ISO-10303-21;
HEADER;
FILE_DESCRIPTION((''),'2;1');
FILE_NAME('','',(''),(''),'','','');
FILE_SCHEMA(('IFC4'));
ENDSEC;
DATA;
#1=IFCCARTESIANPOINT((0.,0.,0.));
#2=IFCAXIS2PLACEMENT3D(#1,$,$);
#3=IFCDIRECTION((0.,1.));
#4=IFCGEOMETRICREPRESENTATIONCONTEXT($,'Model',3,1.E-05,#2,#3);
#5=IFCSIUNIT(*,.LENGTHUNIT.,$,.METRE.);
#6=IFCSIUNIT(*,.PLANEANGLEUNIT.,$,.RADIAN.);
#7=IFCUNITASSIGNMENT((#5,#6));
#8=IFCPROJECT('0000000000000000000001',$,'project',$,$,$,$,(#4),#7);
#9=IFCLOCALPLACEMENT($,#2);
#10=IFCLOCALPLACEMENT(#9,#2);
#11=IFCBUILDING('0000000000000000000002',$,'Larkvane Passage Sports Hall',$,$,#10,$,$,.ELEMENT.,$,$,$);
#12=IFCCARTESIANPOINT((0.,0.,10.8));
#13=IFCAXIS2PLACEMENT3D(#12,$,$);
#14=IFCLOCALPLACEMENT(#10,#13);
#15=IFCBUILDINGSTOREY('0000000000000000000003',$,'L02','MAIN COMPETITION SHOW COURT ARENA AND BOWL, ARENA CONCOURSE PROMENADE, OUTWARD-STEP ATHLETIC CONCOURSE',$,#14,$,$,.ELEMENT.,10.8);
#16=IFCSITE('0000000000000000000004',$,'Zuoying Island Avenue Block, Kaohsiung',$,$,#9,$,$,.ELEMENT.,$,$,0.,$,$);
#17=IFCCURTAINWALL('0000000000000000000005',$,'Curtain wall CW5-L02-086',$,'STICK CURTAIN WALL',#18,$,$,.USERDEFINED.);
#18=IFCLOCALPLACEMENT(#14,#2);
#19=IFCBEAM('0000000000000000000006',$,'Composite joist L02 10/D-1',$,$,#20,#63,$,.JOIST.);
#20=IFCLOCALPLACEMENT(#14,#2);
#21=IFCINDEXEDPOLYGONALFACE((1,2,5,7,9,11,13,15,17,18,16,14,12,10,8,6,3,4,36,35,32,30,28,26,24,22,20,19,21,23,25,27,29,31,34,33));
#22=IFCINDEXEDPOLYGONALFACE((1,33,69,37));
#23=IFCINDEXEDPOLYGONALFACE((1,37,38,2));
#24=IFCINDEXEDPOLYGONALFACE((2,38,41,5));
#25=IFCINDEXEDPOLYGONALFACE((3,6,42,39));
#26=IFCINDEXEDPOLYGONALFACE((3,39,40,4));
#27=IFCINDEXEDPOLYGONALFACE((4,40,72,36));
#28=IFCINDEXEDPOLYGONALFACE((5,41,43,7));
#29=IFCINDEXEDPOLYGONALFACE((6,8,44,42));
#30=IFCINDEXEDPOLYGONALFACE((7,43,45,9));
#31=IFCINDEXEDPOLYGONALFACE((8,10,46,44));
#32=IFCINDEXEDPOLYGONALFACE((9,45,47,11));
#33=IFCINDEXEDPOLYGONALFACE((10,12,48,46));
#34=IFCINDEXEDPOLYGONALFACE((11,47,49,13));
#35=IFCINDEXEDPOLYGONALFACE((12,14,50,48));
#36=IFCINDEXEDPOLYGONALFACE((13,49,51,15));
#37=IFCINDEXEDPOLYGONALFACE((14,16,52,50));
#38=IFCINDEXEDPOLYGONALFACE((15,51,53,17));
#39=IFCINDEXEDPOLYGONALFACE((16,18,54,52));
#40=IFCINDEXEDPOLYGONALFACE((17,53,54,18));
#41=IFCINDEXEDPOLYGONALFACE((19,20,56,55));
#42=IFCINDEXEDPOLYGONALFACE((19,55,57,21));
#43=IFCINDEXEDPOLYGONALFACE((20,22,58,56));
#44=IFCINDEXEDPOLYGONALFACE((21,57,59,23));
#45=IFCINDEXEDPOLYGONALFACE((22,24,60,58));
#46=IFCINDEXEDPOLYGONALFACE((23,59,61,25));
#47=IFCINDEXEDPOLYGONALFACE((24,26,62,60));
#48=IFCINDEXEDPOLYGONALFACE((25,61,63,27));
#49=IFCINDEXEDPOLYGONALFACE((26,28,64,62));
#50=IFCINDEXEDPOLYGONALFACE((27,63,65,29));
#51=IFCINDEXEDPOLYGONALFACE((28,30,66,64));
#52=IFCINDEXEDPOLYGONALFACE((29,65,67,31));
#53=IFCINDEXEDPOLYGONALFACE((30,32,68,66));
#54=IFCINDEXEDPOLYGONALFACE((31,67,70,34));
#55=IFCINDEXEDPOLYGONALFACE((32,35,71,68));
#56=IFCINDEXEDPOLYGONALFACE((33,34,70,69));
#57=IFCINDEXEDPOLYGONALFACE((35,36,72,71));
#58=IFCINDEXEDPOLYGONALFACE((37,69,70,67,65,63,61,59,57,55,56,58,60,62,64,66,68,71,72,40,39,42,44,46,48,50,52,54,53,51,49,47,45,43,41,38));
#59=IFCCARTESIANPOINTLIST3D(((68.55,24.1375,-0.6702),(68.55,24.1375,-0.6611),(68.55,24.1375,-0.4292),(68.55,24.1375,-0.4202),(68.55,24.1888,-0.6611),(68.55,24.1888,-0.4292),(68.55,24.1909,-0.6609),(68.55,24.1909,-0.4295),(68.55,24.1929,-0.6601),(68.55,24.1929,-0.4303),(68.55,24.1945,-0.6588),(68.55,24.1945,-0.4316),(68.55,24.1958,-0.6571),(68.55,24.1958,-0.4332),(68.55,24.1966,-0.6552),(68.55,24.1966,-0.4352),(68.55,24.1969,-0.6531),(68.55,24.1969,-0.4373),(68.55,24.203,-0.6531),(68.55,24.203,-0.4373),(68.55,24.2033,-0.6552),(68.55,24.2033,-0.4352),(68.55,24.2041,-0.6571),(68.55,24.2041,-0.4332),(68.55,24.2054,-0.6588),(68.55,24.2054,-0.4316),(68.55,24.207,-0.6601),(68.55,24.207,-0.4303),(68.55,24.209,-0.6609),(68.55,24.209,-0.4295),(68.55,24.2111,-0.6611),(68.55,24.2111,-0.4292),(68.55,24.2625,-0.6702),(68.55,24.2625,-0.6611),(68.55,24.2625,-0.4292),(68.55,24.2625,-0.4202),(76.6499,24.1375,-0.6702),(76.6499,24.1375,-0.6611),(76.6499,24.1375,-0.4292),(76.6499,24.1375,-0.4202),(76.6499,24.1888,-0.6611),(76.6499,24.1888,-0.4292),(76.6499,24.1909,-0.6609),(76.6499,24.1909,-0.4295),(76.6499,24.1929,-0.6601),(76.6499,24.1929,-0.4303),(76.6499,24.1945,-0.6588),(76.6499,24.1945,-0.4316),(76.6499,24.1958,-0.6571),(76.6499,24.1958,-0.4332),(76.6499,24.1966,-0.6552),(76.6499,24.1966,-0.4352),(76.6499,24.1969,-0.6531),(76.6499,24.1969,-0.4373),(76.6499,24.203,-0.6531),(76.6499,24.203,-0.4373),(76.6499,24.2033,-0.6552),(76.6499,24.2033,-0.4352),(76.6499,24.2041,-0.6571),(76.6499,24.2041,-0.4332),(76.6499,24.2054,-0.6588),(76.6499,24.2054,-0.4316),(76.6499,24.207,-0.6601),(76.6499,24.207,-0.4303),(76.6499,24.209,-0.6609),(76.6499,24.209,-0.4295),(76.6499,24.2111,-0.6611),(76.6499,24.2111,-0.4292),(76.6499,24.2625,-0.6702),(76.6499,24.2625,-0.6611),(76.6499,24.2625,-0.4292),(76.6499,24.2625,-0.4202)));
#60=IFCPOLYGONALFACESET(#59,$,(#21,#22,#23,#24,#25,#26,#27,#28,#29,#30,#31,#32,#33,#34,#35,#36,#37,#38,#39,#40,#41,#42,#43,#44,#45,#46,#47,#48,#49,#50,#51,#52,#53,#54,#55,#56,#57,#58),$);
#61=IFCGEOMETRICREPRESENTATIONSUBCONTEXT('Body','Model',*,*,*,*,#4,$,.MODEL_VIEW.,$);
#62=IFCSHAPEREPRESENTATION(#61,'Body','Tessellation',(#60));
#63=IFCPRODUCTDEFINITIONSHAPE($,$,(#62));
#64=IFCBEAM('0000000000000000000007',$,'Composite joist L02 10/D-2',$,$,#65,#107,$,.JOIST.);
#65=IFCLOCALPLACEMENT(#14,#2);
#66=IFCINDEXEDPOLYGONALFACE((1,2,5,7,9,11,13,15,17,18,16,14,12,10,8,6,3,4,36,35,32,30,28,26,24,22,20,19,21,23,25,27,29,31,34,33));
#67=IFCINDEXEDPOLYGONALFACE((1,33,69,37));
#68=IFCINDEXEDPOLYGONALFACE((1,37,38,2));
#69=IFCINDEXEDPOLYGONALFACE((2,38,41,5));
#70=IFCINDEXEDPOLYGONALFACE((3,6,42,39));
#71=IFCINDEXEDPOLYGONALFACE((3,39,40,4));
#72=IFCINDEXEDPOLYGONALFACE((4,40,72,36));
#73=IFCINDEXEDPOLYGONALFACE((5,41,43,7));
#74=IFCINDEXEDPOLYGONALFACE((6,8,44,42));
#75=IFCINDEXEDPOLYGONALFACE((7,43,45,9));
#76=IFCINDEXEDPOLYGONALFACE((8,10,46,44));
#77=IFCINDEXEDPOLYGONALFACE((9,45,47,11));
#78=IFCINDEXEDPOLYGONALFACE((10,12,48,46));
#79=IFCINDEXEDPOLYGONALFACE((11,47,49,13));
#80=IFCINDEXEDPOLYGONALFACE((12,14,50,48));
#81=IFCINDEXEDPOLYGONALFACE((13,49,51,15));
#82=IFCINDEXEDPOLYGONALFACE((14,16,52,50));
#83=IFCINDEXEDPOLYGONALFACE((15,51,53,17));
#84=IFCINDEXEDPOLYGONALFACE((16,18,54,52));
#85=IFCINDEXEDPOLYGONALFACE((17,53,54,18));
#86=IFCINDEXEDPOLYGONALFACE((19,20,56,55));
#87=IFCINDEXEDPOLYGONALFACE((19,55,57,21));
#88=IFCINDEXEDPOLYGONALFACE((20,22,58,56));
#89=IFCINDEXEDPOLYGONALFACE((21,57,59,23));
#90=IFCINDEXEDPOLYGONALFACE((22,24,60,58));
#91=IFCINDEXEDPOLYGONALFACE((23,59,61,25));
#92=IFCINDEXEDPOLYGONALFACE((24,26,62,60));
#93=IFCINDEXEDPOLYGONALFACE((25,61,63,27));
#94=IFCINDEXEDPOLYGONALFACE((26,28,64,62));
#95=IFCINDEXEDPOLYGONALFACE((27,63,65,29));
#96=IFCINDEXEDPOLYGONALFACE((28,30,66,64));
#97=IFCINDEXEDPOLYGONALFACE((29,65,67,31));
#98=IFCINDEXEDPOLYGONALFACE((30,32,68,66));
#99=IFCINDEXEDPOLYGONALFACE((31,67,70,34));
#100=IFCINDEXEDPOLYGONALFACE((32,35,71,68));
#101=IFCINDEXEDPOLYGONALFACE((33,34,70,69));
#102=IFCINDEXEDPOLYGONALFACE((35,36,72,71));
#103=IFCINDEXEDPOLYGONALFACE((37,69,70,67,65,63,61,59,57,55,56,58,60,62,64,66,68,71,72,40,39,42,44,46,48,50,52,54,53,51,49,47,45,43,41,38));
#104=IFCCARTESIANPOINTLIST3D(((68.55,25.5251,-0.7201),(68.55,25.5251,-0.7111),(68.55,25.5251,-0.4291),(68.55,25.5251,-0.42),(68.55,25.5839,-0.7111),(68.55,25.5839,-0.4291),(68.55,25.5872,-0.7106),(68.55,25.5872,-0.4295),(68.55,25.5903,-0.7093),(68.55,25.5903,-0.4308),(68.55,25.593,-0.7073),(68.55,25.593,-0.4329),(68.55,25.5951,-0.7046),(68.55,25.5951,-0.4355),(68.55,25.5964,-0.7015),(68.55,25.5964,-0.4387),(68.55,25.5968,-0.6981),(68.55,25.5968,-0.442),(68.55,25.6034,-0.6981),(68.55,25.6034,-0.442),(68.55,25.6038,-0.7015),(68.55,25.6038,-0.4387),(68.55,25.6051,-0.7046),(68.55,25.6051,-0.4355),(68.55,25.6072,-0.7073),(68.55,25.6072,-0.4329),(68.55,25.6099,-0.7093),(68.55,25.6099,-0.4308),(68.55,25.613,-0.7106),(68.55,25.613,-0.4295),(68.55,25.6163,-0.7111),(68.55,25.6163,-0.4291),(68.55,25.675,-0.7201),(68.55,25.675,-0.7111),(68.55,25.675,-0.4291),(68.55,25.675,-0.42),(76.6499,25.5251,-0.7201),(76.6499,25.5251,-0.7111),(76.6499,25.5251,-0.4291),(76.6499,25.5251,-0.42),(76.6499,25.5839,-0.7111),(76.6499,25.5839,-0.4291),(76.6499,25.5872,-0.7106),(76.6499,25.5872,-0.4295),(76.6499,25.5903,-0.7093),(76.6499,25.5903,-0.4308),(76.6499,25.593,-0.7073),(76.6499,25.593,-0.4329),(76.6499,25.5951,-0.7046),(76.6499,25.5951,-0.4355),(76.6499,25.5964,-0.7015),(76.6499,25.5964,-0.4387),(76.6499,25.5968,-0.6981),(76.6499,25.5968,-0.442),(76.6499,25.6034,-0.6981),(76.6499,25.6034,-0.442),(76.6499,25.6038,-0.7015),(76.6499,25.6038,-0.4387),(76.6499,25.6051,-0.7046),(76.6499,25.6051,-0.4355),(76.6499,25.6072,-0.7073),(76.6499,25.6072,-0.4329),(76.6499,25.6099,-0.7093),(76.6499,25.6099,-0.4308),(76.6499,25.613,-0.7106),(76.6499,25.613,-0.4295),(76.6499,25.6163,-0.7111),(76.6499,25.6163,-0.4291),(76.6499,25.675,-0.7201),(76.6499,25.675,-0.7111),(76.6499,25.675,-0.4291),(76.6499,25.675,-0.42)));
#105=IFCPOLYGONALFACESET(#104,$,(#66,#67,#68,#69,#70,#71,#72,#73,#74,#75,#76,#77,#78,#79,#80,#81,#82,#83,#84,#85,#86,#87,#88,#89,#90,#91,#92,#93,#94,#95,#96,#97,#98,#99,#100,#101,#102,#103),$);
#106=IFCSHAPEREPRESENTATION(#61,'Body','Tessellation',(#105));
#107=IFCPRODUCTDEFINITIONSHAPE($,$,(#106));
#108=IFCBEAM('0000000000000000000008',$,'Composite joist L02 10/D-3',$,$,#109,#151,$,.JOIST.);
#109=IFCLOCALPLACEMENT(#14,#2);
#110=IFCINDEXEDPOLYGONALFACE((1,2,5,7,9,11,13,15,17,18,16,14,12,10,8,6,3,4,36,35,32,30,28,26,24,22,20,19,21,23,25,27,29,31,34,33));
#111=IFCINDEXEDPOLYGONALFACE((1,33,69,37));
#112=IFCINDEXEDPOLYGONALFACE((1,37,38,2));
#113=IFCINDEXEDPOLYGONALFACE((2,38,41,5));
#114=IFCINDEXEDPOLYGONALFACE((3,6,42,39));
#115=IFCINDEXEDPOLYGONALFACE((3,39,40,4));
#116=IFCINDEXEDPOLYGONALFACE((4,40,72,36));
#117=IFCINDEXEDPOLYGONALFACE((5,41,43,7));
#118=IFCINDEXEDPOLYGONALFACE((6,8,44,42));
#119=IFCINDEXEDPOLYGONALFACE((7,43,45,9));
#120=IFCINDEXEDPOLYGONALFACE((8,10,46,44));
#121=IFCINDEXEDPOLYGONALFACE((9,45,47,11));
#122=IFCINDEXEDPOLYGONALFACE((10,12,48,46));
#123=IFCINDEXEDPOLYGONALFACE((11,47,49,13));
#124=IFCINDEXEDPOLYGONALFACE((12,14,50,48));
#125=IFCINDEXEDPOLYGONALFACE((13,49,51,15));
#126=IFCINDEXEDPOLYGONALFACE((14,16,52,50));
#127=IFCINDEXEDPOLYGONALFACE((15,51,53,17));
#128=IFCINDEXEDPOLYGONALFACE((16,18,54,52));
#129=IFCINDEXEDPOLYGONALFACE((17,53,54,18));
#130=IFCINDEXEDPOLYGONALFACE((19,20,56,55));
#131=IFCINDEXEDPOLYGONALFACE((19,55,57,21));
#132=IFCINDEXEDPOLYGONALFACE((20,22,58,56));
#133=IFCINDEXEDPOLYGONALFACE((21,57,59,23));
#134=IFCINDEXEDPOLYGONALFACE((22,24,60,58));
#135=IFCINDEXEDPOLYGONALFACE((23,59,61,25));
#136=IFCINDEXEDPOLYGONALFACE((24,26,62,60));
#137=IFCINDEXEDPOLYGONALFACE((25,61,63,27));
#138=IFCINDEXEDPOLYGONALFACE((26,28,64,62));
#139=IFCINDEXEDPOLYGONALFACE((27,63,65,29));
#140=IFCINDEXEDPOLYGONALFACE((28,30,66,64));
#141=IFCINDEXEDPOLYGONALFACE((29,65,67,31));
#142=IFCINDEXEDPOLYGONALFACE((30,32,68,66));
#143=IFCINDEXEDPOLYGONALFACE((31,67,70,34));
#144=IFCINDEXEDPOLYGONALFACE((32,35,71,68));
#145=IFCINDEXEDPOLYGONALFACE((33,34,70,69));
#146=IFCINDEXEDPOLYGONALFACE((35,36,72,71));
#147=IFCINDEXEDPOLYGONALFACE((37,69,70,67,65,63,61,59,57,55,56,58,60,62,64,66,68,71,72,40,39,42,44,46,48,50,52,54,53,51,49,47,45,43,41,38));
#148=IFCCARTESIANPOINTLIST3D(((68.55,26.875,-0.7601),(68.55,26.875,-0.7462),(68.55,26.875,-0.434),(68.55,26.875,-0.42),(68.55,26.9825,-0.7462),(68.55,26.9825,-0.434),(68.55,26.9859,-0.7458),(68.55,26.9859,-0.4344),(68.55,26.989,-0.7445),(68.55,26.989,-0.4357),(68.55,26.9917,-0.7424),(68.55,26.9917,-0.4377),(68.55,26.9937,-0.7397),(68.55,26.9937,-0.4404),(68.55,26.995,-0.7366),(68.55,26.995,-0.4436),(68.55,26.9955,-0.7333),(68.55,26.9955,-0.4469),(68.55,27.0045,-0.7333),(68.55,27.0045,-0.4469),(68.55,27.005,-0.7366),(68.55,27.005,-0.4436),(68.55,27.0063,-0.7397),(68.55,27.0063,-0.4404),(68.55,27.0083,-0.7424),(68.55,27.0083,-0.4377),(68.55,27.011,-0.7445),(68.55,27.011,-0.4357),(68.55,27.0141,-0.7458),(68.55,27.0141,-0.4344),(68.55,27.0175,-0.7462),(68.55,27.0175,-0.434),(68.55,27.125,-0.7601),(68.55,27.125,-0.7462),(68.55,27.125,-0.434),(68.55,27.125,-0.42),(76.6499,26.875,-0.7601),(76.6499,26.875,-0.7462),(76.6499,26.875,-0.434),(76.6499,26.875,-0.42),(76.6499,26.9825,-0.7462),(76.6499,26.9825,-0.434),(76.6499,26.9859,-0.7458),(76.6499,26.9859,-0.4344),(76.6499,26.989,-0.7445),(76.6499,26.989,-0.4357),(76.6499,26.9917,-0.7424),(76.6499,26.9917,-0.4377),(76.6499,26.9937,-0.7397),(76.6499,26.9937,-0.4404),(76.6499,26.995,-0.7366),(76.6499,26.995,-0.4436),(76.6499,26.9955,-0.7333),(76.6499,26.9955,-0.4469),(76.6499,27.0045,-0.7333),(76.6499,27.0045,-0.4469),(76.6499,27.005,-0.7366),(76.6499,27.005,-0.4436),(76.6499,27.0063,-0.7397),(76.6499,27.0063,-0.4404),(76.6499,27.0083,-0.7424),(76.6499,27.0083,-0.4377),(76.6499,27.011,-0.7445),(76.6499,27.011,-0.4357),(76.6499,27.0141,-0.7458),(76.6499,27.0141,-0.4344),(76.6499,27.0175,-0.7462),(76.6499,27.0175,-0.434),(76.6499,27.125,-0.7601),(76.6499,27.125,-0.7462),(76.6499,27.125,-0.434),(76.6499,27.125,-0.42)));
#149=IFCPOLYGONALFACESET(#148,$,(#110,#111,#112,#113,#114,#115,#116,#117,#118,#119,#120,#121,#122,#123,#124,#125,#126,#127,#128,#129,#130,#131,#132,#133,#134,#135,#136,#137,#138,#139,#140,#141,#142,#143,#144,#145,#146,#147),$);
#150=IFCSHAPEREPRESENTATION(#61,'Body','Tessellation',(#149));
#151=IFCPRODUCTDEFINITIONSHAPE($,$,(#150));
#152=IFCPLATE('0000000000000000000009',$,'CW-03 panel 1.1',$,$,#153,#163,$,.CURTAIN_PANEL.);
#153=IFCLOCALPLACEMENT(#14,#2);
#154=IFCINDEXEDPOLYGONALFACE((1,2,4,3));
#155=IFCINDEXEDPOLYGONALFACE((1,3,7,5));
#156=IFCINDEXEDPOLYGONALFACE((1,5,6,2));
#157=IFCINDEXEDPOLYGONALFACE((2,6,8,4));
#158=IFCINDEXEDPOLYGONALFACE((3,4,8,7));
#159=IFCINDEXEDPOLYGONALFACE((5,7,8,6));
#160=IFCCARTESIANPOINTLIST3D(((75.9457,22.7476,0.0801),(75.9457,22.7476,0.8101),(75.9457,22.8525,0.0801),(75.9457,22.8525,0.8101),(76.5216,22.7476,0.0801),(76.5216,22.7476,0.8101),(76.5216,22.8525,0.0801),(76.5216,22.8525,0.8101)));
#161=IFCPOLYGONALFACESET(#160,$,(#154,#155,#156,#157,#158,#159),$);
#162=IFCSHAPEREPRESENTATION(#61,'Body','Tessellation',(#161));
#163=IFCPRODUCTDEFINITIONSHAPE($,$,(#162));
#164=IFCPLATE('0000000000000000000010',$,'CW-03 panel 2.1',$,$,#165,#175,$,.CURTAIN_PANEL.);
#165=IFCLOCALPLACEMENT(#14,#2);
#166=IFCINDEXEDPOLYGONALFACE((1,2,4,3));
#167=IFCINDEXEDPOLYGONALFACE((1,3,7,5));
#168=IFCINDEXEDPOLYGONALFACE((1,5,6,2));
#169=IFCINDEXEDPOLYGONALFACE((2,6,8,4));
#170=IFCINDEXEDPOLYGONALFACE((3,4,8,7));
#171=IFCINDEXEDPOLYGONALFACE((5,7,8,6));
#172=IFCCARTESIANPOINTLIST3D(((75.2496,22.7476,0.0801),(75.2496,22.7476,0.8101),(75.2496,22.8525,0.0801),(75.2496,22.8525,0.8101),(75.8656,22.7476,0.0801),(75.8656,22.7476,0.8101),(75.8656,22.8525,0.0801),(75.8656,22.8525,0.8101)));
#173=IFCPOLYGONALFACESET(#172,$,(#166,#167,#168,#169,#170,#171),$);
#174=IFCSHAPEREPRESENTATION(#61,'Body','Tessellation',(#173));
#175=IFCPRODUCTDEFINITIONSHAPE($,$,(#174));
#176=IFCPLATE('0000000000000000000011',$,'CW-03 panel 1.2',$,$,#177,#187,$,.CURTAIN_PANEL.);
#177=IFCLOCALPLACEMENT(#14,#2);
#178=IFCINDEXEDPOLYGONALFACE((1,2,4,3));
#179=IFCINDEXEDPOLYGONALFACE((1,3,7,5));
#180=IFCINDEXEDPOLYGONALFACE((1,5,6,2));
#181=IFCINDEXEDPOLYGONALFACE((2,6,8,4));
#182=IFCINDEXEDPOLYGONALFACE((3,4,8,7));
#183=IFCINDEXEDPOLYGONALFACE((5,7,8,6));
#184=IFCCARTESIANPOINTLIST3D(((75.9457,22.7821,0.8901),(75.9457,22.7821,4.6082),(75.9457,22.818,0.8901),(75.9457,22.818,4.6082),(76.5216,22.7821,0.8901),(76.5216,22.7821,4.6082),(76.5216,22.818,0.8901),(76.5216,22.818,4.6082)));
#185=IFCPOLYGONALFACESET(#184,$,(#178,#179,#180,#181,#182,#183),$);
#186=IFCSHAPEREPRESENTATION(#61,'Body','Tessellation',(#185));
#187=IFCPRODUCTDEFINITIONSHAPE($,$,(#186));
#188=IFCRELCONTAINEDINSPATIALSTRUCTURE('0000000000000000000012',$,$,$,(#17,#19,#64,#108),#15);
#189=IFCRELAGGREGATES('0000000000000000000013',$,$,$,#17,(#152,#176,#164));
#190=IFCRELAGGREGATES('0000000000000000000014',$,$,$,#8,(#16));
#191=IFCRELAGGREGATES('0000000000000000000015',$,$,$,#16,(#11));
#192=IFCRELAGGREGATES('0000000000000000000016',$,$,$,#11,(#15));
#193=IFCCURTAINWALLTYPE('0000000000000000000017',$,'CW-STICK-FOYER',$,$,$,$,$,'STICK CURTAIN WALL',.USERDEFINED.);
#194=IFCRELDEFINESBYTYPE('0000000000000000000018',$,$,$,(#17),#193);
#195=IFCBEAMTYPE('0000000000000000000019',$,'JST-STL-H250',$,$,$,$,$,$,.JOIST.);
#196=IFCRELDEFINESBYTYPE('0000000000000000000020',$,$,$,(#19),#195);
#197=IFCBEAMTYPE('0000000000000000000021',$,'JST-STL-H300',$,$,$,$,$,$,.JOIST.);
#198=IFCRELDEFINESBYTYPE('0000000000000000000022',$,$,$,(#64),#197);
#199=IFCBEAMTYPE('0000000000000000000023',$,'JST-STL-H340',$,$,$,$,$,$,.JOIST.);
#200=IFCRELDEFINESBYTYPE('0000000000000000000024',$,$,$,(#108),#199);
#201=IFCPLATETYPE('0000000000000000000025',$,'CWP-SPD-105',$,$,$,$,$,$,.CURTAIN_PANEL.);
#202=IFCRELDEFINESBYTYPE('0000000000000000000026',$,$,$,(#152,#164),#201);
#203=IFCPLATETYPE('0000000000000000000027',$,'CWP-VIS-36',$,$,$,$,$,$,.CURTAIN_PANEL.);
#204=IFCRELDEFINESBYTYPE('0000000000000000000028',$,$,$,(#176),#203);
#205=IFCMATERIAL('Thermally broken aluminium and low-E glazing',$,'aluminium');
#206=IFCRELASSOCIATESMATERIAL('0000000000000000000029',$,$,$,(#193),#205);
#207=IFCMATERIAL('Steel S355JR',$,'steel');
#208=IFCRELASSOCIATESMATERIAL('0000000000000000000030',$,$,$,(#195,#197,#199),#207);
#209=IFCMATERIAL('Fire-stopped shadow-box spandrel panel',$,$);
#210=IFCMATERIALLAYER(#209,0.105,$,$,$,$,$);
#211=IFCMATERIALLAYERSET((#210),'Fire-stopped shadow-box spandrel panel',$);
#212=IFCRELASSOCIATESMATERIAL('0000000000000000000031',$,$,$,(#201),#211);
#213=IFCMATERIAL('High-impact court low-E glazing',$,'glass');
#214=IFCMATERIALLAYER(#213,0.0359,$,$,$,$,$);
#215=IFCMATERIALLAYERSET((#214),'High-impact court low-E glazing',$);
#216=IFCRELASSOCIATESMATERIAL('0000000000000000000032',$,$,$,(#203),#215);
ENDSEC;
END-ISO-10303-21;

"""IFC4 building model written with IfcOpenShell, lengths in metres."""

from ifc_helpers import new_model, si_unit, direction, frame, origin, origin_2d, place, context, subcontext, project, spatial, rectangle, i_section, extrude, material, layer, layer_set, material_profile, profile_set, type_object, element, aggregate, save


model = new_model("IFC4")

# Units and contexts
model_context = context("Model", 3, precision=1e-05, world=origin(), true_north=direction((0.0, 1.0)))
body_context = subcontext(model_context, "Body", "Model", "MODEL_VIEW")
ifc_project = project(units=[si_unit("LENGTHUNIT", "METRE"), si_unit("PLANEANGLEUNIT", "RADIAN")], contexts=[model_context])

# Site, building, storey
site_placement = place(None, origin())
site = spatial("IfcSite", under=ifc_project, at=site_placement, Name="Zuoying Island Avenue Block, Kaohsiung", CompositionType="ELEMENT", RefElevation=0.0)
building_placement = place(site_placement, origin())
building = spatial("IfcBuilding", under=site, at=building_placement, Name="Larkvane Passage Sports Hall", CompositionType="ELEMENT")
storey_placement = place(building_placement, frame((0.0, 0.0, 10.8)))
storey = spatial("IfcBuildingStorey", under=building, at=storey_placement, Name="L02", Description="MAIN COMPETITION SHOW COURT ARENA AND BOWL, ARENA CONCOURSE PROMENADE, OUTWARD-STEP ATHLETIC CONCOURSE", CompositionType="ELEMENT", Elevation=10.8)

# Shared definitions
ifc_material_1 = material(Name="Steel S355JR", Category="steel")

# Curtain wall
ifc_material_2 = material(Name="Thermally broken aluminium and low-E glazing", Category="aluminium")
curtain_wall_type = type_object("IfcCurtainWallType", Name="CW-STICK-FOYER", ElementType="STICK CURTAIN WALL", PredefinedType="USERDEFINED", material=ifc_material_2)
curtain_wall_placement = place(storey_placement, origin())
curtain_wall = element("IfcCurtainWall", 1, at=curtain_wall_placement, inside=storey, type_object=curtain_wall_type, Name="Curtain wall CW5-L02-086", ObjectType="STICK CURTAIN WALL", PredefinedType="USERDEFINED")

# Beams
ifc_material_profile_1 = material_profile(ifc_material_1, i_section(OverallWidth=0.125, OverallDepth=0.25, WebThickness=0.0061, FlangeThickness=0.009, FilletRadius=0.0081, at=origin_2d()), Name="H-250x125x6x9")
ifc_profile_set_1 = profile_set([ifc_material_profile_1], Name="Steel S355JR")
beam_type_1 = type_object("IfcBeamType", Name="JST-STL-H250", PredefinedType="JOIST", material=ifc_profile_set_1)
beam_1_placement = place(storey_placement, frame((68.55, 24.2, -0.5452), z_axis=(1.0, 0.0, 0.0), x_axis=(0.0, 1.0, 0.0)))
element("IfcBeam", 2, at=beam_1_placement, inside=storey, type_object=beam_type_1, Name="Composite joist L02 10/D-1", PredefinedType="JOIST", context=body_context, shape_type="SweptSolid", body=[
    extrude(i_section(OverallWidth=0.125, OverallDepth=0.25, WebThickness=0.0061, FlangeThickness=0.009, FilletRadius=0.0081, at=origin_2d()), origin(), (0.0, 0.0, 1.0), 8.0999),
])
ifc_material_profile_2 = material_profile(ifc_material_1, i_section(OverallWidth=0.1499, OverallDepth=0.3, WebThickness=0.0066, FlangeThickness=0.009, FilletRadius=0.0129, at=origin_2d()), Name="H-300x150x6.5x9")
ifc_profile_set_2 = profile_set([ifc_material_profile_2], Name="Steel S355JR")
beam_type_2 = type_object("IfcBeamType", Name="JST-STL-H300", PredefinedType="JOIST", material=ifc_profile_set_2)
beam_2_placement = place(storey_placement, frame((68.55, 25.6001, -0.5701), z_axis=(1.0, 0.0, 0.0), x_axis=(0.0, 1.0, 0.0)))
element("IfcBeam", 3, at=beam_2_placement, inside=storey, type_object=beam_type_2, Name="Composite joist L02 10/D-2", PredefinedType="JOIST", context=body_context, shape_type="SweptSolid", body=[
    extrude(i_section(OverallWidth=0.1499, OverallDepth=0.3, WebThickness=0.0066, FlangeThickness=0.009, FilletRadius=0.0129, at=origin_2d()), origin(), (0.0, 0.0, 1.0), 8.0999),
])
ifc_material_profile_3 = material_profile(ifc_material_1, i_section(OverallWidth=0.25, OverallDepth=0.3401, WebThickness=0.009, FlangeThickness=0.0139, FilletRadius=0.0129, at=origin_2d()), Name="H-340x250x9x14")
ifc_profile_set_3 = profile_set([ifc_material_profile_3], Name="Steel S355JR")
beam_type_3 = type_object("IfcBeamType", Name="JST-STL-H340", PredefinedType="JOIST", material=ifc_profile_set_3)
beam_3_placement = place(storey_placement, frame((68.55, 27.0, -0.5901), z_axis=(1.0, 0.0, 0.0), x_axis=(0.0, 1.0, 0.0)))
element("IfcBeam", 4, at=beam_3_placement, inside=storey, type_object=beam_type_3, Name="Composite joist L02 10/D-3", PredefinedType="JOIST", context=body_context, shape_type="SweptSolid", body=[
    extrude(i_section(OverallWidth=0.25, OverallDepth=0.3401, WebThickness=0.009, FlangeThickness=0.0139, FilletRadius=0.0129, at=origin_2d()), origin(), (0.0, 0.0, 1.0), 8.0999),
])

# Plates
ifc_material_3 = material(Name="Fire-stopped shadow-box spandrel panel")
ifc_layer_1 = layer(ifc_material_3, 0.105)
ifc_layer_set_1 = layer_set([ifc_layer_1], Name="Fire-stopped shadow-box spandrel panel")
plate_type_1 = type_object("IfcPlateType", Name="CWP-SPD-105", PredefinedType="CURTAIN_PANEL", material=ifc_layer_set_1)
plate_1_placement = place(storey_placement, frame((76.2336, 22.8, 0.0801), z_axis=(0.0, 0.0, 1.0), x_axis=(-1.0, 0.0, 0.0)))
plate_1 = element("IfcPlate", 5, at=plate_1_placement, type_object=plate_type_1, Name="CW-03 panel 1.1", PredefinedType="CURTAIN_PANEL", context=body_context, shape_type="SweptSolid", body=[
    extrude(rectangle(XDim=0.5759, YDim=0.105, at=origin_2d()), origin(), (0.0, 0.0, 1.0), 0.73),
])
plate_2_placement = place(storey_placement, frame((75.5576, 22.8, 0.0801), z_axis=(0.0, 0.0, 1.0), x_axis=(-1.0, 0.0, 0.0)))
plate_2 = element("IfcPlate", 6, at=plate_2_placement, type_object=plate_type_1, Name="CW-03 panel 2.1", PredefinedType="CURTAIN_PANEL", context=body_context, shape_type="SweptSolid", body=[
    extrude(rectangle(XDim=0.616, YDim=0.105, at=origin_2d()), origin(), (0.0, 0.0, 1.0), 0.73),
])
ifc_material_4 = material(Name="High-impact court low-E glazing", Category="glass")
ifc_layer_2 = layer(ifc_material_4, 0.0359)
ifc_layer_set_2 = layer_set([ifc_layer_2], Name="High-impact court low-E glazing")
plate_type_2 = type_object("IfcPlateType", Name="CWP-VIS-36", PredefinedType="CURTAIN_PANEL", material=ifc_layer_set_2)
plate_3_placement = place(storey_placement, frame((76.2336, 22.8, 0.8901), z_axis=(0.0, 0.0, 1.0), x_axis=(-1.0, 0.0, 0.0)))
plate_3 = element("IfcPlate", 7, at=plate_3_placement, type_object=plate_type_2, Name="CW-03 panel 1.2", PredefinedType="CURTAIN_PANEL", context=body_context, shape_type="SweptSolid", body=[
    extrude(rectangle(XDim=0.5759, YDim=0.0359, at=origin_2d()), origin(), (0.0, 0.0, 1.0), 3.718),
])
aggregate(curtain_wall, [plate_1, plate_3, plate_2])

save(model, "model.ifc")
